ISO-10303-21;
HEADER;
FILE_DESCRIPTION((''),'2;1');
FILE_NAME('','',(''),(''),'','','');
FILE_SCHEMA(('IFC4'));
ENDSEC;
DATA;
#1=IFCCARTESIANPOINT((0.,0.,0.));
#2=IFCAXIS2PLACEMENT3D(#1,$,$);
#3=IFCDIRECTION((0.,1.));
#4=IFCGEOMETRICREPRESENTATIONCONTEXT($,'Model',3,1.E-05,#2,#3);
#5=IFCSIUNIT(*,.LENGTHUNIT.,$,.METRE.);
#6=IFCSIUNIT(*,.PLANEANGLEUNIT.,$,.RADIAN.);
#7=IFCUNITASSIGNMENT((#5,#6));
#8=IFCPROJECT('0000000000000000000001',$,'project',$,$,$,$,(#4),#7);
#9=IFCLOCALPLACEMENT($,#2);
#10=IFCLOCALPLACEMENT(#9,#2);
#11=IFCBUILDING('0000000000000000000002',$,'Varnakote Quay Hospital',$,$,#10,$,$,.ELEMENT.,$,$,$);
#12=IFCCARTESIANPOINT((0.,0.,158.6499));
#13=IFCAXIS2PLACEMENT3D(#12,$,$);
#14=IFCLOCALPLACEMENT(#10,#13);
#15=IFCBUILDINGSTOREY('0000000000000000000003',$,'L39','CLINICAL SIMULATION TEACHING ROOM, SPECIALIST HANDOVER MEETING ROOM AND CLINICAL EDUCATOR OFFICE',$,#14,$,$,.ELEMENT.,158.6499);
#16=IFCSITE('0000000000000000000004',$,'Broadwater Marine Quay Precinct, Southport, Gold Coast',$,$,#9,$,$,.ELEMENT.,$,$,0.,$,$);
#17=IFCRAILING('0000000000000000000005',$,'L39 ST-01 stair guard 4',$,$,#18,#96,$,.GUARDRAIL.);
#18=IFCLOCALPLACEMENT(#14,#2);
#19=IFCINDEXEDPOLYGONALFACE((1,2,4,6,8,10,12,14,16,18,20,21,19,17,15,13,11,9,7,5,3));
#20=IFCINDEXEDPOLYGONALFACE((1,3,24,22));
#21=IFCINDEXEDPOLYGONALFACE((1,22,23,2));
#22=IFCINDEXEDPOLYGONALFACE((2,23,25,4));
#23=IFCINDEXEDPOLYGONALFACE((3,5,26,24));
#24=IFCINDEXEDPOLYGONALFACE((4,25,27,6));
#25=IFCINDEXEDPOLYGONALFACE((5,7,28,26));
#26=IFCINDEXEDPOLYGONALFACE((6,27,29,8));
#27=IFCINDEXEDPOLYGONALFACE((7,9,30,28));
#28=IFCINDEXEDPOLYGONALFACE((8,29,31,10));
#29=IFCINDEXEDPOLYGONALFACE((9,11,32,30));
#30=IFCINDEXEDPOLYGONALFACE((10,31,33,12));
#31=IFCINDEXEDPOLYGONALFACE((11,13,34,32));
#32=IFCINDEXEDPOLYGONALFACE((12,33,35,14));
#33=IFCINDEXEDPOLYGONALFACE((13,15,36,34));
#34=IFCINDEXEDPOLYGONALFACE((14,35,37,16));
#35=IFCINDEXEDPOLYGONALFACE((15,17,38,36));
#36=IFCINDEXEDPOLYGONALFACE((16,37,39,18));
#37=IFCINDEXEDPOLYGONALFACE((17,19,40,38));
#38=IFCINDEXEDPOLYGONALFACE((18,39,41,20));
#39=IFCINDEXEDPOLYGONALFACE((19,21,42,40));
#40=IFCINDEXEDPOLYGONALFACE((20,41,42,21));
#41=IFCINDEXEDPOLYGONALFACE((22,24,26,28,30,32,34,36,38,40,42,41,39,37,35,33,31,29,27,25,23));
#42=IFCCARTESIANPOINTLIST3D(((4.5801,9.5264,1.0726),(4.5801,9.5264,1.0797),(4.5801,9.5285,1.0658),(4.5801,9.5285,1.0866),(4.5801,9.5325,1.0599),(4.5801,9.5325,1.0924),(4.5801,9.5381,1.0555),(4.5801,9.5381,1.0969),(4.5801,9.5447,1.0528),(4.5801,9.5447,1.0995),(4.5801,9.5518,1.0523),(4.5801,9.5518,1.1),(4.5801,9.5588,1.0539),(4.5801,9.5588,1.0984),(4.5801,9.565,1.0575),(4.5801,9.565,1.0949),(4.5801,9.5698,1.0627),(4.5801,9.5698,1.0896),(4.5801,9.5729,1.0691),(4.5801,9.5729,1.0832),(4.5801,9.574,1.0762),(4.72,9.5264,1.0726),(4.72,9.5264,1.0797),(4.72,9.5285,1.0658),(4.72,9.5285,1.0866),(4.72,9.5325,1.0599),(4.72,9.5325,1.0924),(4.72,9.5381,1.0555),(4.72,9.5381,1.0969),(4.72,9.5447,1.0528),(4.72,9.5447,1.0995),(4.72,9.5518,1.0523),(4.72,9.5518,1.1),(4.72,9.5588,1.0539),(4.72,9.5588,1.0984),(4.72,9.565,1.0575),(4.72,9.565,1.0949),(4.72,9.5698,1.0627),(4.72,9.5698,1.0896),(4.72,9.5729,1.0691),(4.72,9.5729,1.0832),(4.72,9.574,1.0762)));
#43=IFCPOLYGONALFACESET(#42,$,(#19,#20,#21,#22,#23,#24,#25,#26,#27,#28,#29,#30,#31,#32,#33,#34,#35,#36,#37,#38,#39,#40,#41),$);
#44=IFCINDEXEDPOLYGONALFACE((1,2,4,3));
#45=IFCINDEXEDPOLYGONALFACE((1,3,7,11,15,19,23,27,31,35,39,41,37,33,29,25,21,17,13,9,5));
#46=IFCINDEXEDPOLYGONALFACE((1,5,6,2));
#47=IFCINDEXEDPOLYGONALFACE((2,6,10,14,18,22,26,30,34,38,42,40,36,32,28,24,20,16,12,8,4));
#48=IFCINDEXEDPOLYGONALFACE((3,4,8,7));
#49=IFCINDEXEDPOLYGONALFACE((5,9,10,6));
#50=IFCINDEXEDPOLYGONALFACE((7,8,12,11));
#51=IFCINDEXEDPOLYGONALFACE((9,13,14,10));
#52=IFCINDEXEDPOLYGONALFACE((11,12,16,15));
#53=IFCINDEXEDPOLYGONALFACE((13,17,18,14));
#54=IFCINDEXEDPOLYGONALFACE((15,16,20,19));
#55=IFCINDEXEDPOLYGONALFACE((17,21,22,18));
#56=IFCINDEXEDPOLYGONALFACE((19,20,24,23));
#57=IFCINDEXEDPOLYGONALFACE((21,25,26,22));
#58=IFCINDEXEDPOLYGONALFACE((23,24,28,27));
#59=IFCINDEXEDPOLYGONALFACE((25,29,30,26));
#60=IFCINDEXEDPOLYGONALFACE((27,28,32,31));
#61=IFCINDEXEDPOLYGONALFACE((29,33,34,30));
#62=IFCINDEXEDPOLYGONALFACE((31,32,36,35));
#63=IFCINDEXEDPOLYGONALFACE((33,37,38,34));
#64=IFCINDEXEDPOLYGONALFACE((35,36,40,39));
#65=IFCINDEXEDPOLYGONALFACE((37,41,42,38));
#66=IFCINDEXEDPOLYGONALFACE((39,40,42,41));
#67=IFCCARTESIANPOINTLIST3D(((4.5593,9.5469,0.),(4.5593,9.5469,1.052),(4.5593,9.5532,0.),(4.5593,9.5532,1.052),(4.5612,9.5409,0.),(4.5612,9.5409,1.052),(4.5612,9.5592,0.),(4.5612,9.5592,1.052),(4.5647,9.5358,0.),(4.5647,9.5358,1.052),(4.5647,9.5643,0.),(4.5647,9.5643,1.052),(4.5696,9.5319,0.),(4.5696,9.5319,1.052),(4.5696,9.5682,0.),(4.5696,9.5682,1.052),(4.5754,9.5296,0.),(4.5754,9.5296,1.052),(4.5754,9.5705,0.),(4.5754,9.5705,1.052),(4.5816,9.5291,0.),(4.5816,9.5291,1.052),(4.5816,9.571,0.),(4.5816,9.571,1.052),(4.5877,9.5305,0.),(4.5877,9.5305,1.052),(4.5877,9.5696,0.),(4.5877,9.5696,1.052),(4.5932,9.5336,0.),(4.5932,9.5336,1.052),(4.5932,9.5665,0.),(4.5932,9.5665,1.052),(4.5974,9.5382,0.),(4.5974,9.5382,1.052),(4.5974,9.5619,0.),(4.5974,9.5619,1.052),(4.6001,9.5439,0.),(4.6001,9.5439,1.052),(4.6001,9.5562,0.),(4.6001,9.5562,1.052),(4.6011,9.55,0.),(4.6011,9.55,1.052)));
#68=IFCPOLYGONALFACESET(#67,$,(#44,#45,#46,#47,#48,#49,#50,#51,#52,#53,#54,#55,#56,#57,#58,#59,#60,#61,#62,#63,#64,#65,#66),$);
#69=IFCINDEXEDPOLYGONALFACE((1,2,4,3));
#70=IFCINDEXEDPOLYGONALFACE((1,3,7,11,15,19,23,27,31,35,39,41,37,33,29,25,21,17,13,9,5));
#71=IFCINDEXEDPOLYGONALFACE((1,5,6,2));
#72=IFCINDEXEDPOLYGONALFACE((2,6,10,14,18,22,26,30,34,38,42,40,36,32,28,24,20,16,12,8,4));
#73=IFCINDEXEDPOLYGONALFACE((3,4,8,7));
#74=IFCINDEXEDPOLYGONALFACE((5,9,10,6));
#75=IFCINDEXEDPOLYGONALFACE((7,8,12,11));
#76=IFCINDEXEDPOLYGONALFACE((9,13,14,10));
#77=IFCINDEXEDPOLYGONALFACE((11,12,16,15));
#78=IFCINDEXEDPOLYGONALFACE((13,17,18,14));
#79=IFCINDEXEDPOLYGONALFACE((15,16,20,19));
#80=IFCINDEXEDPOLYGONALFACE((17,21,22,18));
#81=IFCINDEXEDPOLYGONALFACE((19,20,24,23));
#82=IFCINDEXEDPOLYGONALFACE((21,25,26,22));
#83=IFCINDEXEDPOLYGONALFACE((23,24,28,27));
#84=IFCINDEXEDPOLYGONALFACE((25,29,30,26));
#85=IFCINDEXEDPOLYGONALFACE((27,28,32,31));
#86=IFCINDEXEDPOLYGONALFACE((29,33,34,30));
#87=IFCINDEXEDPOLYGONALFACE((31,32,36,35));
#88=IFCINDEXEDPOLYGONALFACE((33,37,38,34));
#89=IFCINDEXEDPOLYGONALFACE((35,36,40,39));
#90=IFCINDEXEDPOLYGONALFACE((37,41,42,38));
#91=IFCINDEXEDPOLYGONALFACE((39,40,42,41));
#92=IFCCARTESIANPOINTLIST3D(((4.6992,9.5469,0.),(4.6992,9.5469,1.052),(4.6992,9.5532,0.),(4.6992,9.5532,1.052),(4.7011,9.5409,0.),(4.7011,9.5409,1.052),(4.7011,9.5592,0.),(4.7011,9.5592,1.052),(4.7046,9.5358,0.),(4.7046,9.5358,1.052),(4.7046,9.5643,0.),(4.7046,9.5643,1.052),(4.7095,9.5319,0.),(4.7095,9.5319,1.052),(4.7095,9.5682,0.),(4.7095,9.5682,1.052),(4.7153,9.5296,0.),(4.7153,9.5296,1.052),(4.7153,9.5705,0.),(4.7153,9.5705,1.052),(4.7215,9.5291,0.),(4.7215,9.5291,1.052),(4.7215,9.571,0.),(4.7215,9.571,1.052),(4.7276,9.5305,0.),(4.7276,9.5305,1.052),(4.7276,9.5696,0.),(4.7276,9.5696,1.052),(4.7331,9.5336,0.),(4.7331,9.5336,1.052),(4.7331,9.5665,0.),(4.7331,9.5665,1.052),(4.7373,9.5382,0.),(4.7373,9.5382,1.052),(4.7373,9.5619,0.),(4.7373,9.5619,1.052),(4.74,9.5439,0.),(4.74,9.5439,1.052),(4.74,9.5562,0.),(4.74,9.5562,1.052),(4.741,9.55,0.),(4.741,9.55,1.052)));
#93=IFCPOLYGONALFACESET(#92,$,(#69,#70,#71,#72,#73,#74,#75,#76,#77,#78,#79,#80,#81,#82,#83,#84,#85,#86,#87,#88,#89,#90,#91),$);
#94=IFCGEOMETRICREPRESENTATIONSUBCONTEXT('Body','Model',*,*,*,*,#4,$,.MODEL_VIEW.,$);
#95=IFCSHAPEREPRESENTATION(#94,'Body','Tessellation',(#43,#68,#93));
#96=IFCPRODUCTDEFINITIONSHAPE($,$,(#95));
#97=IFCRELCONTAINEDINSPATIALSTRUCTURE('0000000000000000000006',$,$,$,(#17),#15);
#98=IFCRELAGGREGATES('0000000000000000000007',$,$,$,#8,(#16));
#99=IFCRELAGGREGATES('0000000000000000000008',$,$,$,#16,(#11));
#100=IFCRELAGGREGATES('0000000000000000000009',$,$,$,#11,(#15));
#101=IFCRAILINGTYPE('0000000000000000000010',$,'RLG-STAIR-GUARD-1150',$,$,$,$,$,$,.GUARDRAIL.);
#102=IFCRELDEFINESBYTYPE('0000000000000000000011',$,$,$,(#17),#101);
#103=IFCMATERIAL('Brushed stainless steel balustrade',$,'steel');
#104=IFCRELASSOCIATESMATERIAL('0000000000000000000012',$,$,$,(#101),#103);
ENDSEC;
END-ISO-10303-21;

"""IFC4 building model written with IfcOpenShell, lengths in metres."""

from ifc_helpers import new_model, si_unit, direction, frame, origin, origin_2d, place, context, subcontext, project, spatial, circle, extrude, material, type_object, element, save


model = new_model("IFC4")

# Units and contexts
model_context = context("Model", 3, precision=1e-05, world=origin(), true_north=direction((0.0, 1.0)))
body_context = subcontext(model_context, "Body", "Model", "MODEL_VIEW")
ifc_project = project(units=[si_unit("LENGTHUNIT", "METRE"), si_unit("PLANEANGLEUNIT", "RADIAN")], contexts=[model_context])

# Site, building, storey
site_placement = place(None, origin())
site = spatial("IfcSite", under=ifc_project, at=site_placement, Name="Broadwater Marine Quay Precinct, Southport, Gold Coast", CompositionType="ELEMENT", RefElevation=0.0)
building_placement = place(site_placement, origin())
building = spatial("IfcBuilding", under=site, at=building_placement, Name="Varnakote Quay Hospital", CompositionType="ELEMENT")
storey_placement = place(building_placement, frame((0.0, 0.0, 158.6499)))
storey = spatial("IfcBuildingStorey", under=building, at=storey_placement, Name="L39", Description="CLINICAL SIMULATION TEACHING ROOM, SPECIALIST HANDOVER MEETING ROOM AND CLINICAL EDUCATOR OFFICE", CompositionType="ELEMENT", Elevation=158.6499)

# Railing
ifc_material_1 = material(Name="Brushed stainless steel balustrade", Category="steel")
railing_type_1 = type_object("IfcRailingType", Name="RLG-STAIR-GUARD-1150", PredefinedType="GUARDRAIL", material=ifc_material_1)
railing_1_placement = place(storey_placement, frame((4.5801, 9.55, 0.0)))
element("IfcRailing", 1, at=railing_1_placement, inside=storey, type_object=railing_type_1, Name="L39 ST-01 stair guard 4", PredefinedType="GUARDRAIL", context=body_context, shape_type="SweptSolid", body=[
    extrude(circle(Radius=0.0239, at=origin_2d()), frame((0.0, 0.0, 1.0762), z_axis=(1.0, 0.0, 0.0), x_axis=(0.0, 1.0, 0.0)), (0.0, 0.0, 1.0), 0.1399),
    extrude(circle(Radius=0.021, at=origin_2d()), origin(), (0.0, 0.0, 1.0), 1.052),
    extrude(circle(Radius=0.021, at=origin_2d()), frame((0.1399, 0.0, 0.0)), (0.0, 0.0, 1.0), 1.052),
])

save(model, "model.ifc")
